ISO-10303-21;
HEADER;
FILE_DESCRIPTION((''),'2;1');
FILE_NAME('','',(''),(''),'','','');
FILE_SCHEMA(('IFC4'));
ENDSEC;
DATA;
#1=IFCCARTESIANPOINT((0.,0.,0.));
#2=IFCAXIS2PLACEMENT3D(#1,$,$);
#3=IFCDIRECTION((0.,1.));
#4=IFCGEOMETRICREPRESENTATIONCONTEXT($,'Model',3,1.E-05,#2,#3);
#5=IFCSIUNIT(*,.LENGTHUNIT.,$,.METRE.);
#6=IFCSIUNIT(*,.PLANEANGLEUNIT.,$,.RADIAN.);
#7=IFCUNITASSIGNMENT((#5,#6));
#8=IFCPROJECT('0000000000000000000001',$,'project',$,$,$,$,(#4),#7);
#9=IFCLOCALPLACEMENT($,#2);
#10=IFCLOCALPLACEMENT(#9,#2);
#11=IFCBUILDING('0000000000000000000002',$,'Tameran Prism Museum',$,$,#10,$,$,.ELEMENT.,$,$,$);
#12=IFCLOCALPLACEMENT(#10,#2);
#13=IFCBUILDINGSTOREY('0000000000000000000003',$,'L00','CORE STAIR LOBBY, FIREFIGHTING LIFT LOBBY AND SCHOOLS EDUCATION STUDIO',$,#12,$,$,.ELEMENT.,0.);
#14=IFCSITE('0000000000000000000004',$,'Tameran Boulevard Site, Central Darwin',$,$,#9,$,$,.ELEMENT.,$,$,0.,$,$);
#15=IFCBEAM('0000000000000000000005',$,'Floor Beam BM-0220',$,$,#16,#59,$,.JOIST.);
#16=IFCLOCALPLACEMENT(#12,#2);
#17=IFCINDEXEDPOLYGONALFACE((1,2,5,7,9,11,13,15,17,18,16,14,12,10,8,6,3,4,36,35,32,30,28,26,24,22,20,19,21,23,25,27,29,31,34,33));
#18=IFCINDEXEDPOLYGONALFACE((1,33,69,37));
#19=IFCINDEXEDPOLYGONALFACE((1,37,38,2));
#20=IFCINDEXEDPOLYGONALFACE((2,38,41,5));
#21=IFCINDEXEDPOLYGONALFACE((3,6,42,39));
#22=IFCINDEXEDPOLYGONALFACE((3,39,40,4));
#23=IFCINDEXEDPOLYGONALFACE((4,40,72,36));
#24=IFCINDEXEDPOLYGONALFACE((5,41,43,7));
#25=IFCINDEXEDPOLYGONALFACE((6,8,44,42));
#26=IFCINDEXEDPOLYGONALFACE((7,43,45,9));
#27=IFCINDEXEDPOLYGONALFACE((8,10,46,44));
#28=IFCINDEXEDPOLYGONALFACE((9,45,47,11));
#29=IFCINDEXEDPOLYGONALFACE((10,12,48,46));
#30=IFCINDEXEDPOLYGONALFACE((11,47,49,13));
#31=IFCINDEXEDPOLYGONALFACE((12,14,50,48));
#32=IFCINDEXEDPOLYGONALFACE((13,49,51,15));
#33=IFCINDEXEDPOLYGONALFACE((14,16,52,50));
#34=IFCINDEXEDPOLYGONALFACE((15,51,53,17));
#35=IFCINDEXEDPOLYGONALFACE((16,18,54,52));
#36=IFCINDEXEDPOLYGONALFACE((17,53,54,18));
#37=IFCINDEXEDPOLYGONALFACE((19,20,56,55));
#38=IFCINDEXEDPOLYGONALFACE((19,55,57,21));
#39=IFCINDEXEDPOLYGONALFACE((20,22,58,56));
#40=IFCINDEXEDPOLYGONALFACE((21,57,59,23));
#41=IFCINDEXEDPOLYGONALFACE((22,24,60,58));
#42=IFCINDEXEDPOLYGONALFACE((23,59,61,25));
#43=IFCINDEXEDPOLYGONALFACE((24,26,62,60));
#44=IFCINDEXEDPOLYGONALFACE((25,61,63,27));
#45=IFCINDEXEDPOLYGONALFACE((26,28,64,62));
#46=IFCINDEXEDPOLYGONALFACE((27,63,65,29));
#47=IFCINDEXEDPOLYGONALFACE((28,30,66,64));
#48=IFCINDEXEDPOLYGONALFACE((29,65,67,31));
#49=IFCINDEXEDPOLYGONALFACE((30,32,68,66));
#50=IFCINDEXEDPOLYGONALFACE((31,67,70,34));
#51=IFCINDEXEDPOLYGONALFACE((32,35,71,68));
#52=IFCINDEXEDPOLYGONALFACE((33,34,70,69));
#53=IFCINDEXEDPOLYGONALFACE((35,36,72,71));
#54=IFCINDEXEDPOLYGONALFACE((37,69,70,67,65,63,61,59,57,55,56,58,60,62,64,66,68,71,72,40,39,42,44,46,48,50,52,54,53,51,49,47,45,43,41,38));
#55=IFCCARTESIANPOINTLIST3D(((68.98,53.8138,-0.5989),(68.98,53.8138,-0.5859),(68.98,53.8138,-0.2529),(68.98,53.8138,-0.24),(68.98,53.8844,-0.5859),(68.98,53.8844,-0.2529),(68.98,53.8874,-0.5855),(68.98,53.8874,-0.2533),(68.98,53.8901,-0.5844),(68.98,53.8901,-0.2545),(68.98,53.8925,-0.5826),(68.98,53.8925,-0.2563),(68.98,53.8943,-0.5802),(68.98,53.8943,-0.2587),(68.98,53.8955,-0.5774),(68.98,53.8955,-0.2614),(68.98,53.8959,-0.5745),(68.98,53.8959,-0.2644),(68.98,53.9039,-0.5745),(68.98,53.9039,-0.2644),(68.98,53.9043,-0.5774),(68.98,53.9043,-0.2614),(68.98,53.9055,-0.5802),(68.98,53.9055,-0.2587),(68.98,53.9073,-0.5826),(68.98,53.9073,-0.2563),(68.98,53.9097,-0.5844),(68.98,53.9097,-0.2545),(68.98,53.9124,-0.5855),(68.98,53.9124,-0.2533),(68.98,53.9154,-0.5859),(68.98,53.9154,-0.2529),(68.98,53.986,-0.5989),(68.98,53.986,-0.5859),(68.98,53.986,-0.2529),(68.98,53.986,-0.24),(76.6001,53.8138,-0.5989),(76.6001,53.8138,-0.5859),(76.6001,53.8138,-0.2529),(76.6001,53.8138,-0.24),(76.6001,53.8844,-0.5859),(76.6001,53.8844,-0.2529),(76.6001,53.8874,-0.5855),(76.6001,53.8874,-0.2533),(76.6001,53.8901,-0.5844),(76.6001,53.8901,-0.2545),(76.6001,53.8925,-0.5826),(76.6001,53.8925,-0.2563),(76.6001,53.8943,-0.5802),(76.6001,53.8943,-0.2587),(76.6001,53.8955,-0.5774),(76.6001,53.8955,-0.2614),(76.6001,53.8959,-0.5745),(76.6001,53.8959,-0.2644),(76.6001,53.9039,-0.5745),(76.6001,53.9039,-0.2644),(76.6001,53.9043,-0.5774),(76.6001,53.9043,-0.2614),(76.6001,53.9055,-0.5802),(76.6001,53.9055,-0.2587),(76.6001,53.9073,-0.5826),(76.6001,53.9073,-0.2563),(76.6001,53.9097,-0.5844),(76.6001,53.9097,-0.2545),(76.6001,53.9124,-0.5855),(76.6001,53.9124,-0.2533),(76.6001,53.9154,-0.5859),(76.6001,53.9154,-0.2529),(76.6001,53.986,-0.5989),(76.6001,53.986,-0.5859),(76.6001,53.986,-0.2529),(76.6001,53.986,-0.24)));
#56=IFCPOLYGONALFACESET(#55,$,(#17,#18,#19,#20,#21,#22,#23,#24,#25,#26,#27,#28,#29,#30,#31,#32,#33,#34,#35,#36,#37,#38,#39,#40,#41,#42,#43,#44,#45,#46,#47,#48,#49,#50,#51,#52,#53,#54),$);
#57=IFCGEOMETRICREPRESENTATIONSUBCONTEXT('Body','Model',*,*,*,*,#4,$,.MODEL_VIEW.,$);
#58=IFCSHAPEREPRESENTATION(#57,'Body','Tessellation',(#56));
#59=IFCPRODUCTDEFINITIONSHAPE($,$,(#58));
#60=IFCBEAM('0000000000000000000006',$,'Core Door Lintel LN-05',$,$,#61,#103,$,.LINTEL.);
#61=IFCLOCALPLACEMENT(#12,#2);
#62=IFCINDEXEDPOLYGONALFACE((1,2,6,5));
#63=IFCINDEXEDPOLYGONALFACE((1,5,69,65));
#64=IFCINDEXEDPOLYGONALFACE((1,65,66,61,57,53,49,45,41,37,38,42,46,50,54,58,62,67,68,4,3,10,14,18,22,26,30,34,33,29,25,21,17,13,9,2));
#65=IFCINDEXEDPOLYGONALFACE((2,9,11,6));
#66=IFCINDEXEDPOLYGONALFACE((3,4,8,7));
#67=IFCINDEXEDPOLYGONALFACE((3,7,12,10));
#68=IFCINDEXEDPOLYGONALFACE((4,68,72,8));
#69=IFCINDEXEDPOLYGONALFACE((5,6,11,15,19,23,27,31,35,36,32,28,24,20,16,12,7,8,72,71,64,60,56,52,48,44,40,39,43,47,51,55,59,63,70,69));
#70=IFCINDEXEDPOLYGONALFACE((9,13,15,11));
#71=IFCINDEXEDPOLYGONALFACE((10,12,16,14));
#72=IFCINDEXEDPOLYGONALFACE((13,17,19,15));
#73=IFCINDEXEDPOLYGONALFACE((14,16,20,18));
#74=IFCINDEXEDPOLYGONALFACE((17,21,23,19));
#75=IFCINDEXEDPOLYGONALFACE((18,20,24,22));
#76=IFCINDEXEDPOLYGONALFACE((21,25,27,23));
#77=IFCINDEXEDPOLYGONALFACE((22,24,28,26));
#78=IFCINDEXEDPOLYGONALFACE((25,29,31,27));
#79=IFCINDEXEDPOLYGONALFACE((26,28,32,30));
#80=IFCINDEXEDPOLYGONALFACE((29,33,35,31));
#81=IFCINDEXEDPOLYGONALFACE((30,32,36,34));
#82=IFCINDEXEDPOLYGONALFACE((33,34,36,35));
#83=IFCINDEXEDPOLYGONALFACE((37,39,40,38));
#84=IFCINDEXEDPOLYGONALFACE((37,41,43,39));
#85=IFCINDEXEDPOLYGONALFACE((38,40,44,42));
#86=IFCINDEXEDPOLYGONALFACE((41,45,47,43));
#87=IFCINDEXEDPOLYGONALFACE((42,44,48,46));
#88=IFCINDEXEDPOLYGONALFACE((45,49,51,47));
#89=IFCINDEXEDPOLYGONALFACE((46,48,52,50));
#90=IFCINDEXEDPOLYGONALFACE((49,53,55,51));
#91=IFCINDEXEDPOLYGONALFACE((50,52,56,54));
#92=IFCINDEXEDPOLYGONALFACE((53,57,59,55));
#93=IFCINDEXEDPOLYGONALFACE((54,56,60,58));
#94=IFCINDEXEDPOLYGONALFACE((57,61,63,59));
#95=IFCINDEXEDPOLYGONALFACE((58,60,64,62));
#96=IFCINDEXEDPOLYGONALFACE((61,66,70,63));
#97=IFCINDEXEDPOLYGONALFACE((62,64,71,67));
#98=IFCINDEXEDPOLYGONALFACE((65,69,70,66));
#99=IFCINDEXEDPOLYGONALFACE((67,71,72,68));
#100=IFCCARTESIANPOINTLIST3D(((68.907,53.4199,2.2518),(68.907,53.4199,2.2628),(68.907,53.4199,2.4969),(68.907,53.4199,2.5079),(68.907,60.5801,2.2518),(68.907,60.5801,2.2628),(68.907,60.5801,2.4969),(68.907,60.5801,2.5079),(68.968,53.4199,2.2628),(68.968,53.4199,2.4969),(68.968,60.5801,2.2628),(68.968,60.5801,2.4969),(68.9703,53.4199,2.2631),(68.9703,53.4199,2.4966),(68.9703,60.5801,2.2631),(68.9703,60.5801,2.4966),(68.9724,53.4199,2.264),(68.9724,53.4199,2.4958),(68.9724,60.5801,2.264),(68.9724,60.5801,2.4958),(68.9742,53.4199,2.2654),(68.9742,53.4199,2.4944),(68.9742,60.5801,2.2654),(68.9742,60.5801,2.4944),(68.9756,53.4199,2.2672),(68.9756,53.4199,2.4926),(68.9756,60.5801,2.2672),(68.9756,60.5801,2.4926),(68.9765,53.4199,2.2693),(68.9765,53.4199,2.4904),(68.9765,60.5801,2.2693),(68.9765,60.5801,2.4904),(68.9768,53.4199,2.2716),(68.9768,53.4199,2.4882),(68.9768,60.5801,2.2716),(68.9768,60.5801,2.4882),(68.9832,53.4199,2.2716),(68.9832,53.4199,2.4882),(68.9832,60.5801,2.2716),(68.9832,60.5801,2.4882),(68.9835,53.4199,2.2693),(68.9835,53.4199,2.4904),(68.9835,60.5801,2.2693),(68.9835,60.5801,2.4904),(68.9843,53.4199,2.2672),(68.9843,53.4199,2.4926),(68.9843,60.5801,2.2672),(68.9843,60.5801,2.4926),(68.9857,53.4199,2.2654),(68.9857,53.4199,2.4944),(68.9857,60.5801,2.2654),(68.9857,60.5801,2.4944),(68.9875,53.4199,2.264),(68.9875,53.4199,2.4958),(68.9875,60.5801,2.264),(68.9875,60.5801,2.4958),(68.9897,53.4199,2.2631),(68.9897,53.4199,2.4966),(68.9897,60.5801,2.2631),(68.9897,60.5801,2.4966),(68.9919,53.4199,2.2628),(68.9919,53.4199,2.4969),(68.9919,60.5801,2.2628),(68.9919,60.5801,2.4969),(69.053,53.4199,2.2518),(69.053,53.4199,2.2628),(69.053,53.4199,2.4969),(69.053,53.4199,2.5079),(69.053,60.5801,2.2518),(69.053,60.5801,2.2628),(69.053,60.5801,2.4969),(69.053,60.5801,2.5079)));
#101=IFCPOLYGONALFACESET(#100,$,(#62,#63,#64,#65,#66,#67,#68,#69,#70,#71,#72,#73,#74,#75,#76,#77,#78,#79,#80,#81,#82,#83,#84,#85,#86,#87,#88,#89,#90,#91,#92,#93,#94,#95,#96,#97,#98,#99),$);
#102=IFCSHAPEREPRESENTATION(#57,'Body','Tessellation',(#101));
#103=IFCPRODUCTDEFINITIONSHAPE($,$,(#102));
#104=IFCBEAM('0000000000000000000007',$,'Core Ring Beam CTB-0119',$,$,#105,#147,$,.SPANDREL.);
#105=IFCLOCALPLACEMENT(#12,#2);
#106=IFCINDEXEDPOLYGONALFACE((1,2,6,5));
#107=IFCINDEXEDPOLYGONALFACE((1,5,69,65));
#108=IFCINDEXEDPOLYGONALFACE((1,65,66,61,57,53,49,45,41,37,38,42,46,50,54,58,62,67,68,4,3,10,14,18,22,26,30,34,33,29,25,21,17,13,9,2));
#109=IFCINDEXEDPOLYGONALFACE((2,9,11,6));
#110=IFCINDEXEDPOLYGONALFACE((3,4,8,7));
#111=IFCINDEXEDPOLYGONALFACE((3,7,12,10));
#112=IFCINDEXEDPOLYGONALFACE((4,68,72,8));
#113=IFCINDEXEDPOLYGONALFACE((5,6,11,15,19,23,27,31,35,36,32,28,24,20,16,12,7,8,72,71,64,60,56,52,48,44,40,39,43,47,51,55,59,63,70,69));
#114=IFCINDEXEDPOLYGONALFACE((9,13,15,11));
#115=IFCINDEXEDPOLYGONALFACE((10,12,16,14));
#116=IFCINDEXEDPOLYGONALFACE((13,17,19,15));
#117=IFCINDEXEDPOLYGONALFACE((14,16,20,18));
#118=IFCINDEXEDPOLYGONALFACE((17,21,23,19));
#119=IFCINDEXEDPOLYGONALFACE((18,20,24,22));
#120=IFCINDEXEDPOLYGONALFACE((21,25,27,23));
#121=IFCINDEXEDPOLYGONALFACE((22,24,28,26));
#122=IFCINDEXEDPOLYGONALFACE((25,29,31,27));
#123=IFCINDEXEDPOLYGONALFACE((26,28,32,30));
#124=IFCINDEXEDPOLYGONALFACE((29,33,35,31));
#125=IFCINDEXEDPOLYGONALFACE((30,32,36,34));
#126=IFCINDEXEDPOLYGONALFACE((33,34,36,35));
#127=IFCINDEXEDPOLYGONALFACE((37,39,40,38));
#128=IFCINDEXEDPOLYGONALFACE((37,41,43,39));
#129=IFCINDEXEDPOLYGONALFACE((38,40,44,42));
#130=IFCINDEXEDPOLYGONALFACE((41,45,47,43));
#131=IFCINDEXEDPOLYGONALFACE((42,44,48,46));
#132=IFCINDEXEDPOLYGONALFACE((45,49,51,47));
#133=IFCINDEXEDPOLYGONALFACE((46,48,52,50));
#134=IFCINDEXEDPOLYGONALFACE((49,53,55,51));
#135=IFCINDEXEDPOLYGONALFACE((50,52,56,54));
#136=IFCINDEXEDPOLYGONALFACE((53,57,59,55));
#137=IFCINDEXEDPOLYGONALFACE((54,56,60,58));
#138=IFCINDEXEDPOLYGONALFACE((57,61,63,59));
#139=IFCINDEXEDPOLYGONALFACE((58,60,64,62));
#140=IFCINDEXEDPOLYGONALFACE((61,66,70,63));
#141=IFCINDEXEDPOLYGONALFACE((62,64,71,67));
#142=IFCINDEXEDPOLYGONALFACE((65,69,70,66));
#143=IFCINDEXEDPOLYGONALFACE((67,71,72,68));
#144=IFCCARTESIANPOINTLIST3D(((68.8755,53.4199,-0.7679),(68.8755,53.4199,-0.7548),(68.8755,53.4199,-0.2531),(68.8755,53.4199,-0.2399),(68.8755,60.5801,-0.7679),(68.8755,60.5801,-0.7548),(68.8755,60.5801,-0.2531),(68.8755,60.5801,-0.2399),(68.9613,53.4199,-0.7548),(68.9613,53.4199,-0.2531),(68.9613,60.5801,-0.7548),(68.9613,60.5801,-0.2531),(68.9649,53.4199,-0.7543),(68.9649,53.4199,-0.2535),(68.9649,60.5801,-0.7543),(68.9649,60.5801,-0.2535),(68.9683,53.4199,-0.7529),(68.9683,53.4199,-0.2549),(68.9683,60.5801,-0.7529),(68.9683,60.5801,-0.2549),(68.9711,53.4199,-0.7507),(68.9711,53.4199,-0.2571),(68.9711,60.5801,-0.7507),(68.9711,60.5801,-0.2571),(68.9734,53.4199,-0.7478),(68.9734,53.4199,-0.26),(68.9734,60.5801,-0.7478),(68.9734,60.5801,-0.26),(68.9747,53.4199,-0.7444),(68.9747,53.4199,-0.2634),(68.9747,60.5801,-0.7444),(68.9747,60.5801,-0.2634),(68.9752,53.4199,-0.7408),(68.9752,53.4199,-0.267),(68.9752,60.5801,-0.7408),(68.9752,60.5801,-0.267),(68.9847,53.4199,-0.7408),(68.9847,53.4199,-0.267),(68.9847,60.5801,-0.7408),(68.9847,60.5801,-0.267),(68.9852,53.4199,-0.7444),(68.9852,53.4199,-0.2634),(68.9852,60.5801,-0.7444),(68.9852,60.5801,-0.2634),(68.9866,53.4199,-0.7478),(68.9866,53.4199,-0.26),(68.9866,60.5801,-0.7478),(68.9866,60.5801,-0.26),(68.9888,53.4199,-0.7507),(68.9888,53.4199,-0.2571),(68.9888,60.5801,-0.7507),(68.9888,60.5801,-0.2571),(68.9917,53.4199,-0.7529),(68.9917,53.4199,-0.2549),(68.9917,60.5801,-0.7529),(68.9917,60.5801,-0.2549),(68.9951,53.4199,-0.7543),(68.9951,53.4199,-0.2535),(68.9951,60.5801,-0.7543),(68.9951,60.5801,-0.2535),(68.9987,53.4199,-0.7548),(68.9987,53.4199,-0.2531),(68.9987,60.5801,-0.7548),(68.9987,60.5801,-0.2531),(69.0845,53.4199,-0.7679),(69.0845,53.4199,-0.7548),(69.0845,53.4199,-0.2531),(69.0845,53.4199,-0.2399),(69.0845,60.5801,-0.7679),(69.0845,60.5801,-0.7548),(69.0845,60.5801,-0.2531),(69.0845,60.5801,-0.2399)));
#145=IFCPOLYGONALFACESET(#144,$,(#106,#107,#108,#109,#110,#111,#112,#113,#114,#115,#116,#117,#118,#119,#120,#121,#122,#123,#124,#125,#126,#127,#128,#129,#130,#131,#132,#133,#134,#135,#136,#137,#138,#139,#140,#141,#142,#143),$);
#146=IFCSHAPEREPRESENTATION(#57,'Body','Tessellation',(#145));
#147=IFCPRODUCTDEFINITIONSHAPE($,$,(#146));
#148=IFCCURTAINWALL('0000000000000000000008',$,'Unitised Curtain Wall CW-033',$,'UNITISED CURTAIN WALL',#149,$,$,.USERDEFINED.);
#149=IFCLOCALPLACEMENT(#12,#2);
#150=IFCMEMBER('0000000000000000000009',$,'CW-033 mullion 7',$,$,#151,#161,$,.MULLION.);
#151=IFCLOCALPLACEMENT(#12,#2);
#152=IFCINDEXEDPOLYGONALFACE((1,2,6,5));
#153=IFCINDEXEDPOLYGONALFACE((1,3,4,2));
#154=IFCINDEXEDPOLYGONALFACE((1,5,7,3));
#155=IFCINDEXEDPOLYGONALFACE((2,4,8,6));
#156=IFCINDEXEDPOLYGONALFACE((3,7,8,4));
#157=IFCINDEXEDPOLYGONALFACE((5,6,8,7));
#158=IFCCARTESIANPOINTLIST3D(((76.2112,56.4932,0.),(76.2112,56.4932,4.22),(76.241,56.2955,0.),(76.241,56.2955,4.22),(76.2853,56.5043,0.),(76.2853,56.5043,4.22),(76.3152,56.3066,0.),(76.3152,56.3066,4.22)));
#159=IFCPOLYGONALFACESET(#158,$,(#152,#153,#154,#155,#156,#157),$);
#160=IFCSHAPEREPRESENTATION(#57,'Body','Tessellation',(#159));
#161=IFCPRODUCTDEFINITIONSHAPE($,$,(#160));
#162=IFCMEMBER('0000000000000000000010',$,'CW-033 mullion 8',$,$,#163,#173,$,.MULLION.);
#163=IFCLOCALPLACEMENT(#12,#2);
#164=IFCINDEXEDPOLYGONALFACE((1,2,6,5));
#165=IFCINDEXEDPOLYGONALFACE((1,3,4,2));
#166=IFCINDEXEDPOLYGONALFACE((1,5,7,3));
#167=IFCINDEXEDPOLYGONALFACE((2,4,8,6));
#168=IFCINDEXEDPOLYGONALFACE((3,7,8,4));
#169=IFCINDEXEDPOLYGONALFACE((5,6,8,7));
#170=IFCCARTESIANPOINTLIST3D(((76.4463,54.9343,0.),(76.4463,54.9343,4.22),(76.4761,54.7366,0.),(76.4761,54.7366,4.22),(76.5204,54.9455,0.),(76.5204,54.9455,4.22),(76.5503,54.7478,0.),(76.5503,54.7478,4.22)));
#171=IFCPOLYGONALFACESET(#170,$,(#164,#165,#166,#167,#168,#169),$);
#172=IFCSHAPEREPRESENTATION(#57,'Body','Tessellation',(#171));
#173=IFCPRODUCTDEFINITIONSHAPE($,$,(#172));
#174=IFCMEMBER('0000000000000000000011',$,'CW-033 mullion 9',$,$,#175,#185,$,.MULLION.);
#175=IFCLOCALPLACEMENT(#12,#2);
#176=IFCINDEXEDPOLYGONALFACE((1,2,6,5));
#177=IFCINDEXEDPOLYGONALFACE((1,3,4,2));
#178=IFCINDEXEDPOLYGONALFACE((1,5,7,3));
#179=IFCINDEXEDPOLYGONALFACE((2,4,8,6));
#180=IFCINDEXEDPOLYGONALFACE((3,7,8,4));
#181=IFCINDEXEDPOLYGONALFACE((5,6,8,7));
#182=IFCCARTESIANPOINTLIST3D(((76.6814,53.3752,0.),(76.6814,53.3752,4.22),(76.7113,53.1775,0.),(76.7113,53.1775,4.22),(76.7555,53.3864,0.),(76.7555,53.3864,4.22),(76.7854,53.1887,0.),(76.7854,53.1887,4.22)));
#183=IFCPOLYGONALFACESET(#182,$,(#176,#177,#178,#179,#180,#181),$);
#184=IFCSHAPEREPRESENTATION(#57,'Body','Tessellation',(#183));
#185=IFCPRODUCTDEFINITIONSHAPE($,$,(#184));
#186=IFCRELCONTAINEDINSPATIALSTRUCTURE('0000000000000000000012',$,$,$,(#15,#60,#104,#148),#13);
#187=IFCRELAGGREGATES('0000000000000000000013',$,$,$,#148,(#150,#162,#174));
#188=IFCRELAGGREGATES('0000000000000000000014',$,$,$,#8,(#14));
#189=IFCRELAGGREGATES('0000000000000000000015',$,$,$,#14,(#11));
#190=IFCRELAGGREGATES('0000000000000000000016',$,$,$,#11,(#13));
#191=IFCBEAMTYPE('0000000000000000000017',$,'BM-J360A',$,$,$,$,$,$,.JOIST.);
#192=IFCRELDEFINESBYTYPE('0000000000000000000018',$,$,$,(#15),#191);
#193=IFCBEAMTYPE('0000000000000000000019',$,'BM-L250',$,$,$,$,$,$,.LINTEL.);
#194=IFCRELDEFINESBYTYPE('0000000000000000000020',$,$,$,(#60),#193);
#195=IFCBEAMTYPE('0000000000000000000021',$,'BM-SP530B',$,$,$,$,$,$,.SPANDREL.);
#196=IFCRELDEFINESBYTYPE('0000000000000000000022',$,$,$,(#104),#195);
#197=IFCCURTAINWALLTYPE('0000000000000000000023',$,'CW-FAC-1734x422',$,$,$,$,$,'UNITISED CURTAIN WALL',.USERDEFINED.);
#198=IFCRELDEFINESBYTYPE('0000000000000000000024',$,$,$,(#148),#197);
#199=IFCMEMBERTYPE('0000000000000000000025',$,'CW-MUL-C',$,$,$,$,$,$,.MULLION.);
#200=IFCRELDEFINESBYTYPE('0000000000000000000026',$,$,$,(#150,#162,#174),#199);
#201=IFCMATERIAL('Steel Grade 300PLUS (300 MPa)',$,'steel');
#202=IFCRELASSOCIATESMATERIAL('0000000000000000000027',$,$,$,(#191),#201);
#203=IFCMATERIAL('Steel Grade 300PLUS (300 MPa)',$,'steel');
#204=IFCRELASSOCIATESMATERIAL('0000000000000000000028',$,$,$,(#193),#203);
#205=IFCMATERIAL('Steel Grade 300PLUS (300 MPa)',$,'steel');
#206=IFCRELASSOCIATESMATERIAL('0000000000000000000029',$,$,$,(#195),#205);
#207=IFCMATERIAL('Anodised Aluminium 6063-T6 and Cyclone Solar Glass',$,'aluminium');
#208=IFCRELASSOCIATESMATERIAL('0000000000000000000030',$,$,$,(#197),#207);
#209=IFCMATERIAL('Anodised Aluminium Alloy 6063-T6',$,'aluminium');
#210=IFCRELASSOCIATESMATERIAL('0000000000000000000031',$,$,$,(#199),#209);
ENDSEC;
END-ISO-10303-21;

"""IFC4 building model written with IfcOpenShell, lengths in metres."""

from ifc_helpers import new_model, si_unit, direction, frame, origin, origin_2d, place, context, subcontext, project, spatial, rectangle, i_section, extrude, material, material_profile, profile_set, type_object, element, aggregate, save


model = new_model("IFC4")

# Units and contexts
model_context = context("Model", 3, precision=1e-05, world=origin(), true_north=direction((0.0, 1.0)))
body_context = subcontext(model_context, "Body", "Model", "MODEL_VIEW")
ifc_project = project(units=[si_unit("LENGTHUNIT", "METRE"), si_unit("PLANEANGLEUNIT", "RADIAN")], contexts=[model_context])

# Site, building, storey
site_placement = place(None, origin())
site = spatial("IfcSite", under=ifc_project, at=site_placement, Name="Tameran Boulevard Site, Central Darwin", CompositionType="ELEMENT", RefElevation=0.0)
building_placement = place(site_placement, origin())
building = spatial("IfcBuilding", under=site, at=building_placement, Name="Tameran Prism Museum", CompositionType="ELEMENT")
storey_placement = place(building_placement, origin())
storey = spatial("IfcBuildingStorey", under=building, at=storey_placement, Name="L00", Description="CORE STAIR LOBBY, FIREFIGHTING LIFT LOBBY AND SCHOOLS EDUCATION STUDIO", CompositionType="ELEMENT", Elevation=0.0)

# Beams
ifc_material_1 = material(Name="Steel Grade 300PLUS (300 MPa)", Category="steel")
ifc_material_profile_1 = material_profile(ifc_material_1, i_section(OverallWidth=0.1721, OverallDepth=0.3589, WebThickness=0.0081, FlangeThickness=0.0129, FilletRadius=0.0115, at=origin_2d()))
ifc_profile_set_1 = profile_set([ifc_material_profile_1])
beam_type_1 = type_object("IfcBeamType", Name="BM-J360A", PredefinedType="JOIST", material=ifc_profile_set_1)
beam_1_placement = place(storey_placement, frame((68.98, 53.8999, -0.4194), z_axis=(1.0, 0.0, 0.0), x_axis=(0.0, 1.0, 0.0)))
element("IfcBeam", 1, at=beam_1_placement, inside=storey, type_object=beam_type_1, Name="Floor Beam BM-0220", PredefinedType="JOIST", context=body_context, shape_type="SweptSolid", body=[
    extrude(i_section(OverallWidth=0.1721, OverallDepth=0.3589, WebThickness=0.0081, FlangeThickness=0.0129, FilletRadius=0.0115, at=origin_2d()), origin(), (0.0, 0.0, 1.0), 7.6201),
])
ifc_material_2 = material(Name="Steel Grade 300PLUS (300 MPa)", Category="steel")
ifc_material_profile_2 = material_profile(ifc_material_2, i_section(OverallWidth=0.146, OverallDepth=0.2561, WebThickness=0.0063, FlangeThickness=0.011, FilletRadius=0.0088, at=origin_2d()))
ifc_profile_set_2 = profile_set([ifc_material_profile_2])
beam_type_2 = type_object("IfcBeamType", Name="BM-L250", PredefinedType="LINTEL", material=ifc_profile_set_2)
beam_2_placement = place(storey_placement, frame((68.98, 53.4199, 2.3799), z_axis=(0.0, 1.0, 0.0), x_axis=(-1.0, 0.0, 0.0)))
element("IfcBeam", 2, at=beam_2_placement, inside=storey, type_object=beam_type_2, Name="Core Door Lintel LN-05", PredefinedType="LINTEL", context=body_context, shape_type="SweptSolid", body=[
    extrude(i_section(OverallWidth=0.146, OverallDepth=0.2561, WebThickness=0.0063, FlangeThickness=0.011, FilletRadius=0.0088, at=origin_2d()), origin(), (0.0, 0.0, 1.0), 7.1602),
])
ifc_material_3 = material(Name="Steel Grade 300PLUS (300 MPa)", Category="steel")
ifc_material_profile_3 = material_profile(ifc_material_3, i_section(OverallWidth=0.209, OverallDepth=0.5281, WebThickness=0.0095, FlangeThickness=0.0132, FilletRadius=0.0139, at=origin_2d()))
ifc_profile_set_3 = profile_set([ifc_material_profile_3])
beam_type_3 = type_object("IfcBeamType", Name="BM-SP530B", PredefinedType="SPANDREL", material=ifc_profile_set_3)
beam_3_placement = place(storey_placement, frame((68.98, 53.4199, -0.5039), z_axis=(0.0, 1.0, 0.0), x_axis=(-1.0, 0.0, 0.0)))
element("IfcBeam", 3, at=beam_3_placement, inside=storey, type_object=beam_type_3, Name="Core Ring Beam CTB-0119", PredefinedType="SPANDREL", context=body_context, shape_type="SweptSolid", body=[
    extrude(i_section(OverallWidth=0.209, OverallDepth=0.5281, WebThickness=0.0095, FlangeThickness=0.0132, FilletRadius=0.0139, at=origin_2d()), origin(), (0.0, 0.0, 1.0), 7.1602),
])

# Curtain wall, members
ifc_material_4 = material(Name="Anodised Aluminium 6063-T6 and Cyclone Solar Glass", Category="aluminium")
curtain_wall_type = type_object("IfcCurtainWallType", Name="CW-FAC-1734x422", ElementType="UNITISED CURTAIN WALL", PredefinedType="USERDEFINED", material=ifc_material_4)
curtain_wall_placement = place(storey_placement, origin())
curtain_wall = element("IfcCurtainWall", 4, at=curtain_wall_placement, inside=storey, type_object=curtain_wall_type, Name="Unitised Curtain Wall CW-033", ObjectType="UNITISED CURTAIN WALL", PredefinedType="USERDEFINED")
ifc_material_5 = material(Name="Anodised Aluminium Alloy 6063-T6", Category="aluminium")
ifc_material_profile_4 = material_profile(ifc_material_5, rectangle(XDim=0.075, YDim=0.2, at=origin_2d()))
ifc_profile_set_4 = profile_set([ifc_material_profile_4])
member_type_1 = type_object("IfcMemberType", Name="CW-MUL-C", PredefinedType="MULLION", material=ifc_profile_set_4)
member_1_placement = place(storey_placement, frame((76.2632, 56.3999, 0.0), z_axis=(0.0, 0.0, 1.0), x_axis=(0.988812, 0.149167, 0.0)))
member_1 = element("IfcMember", 5, at=member_1_placement, type_object=member_type_1, Name="CW-033 mullion 7", PredefinedType="MULLION", context=body_context, shape_type="SweptSolid", body=[
    extrude(rectangle(XDim=0.075, YDim=0.2, at=origin_2d()), origin(), (0.0, 0.0, 1.0), 4.22),
])
member_2_placement = place(storey_placement, frame((76.4983, 54.8411, 0.0), z_axis=(0.0, 0.0, 1.0), x_axis=(0.988812, 0.149167, 0.0)))
member_2 = element("IfcMember", 6, at=member_2_placement, type_object=member_type_1, Name="CW-033 mullion 8", PredefinedType="MULLION", context=body_context, shape_type="SweptSolid", body=[
    extrude(rectangle(XDim=0.075, YDim=0.2, at=origin_2d()), origin(), (0.0, 0.0, 1.0), 4.22),
])
member_3_placement = place(storey_placement, frame((76.7334, 53.282, 0.0), z_axis=(0.0, 0.0, 1.0), x_axis=(0.988812, 0.149167, 0.0)))
member_3 = element("IfcMember", 7, at=member_3_placement, type_object=member_type_1, Name="CW-033 mullion 9", PredefinedType="MULLION", context=body_context, shape_type="SweptSolid", body=[
    extrude(rectangle(XDim=0.075, YDim=0.2, at=origin_2d()), origin(), (0.0, 0.0, 1.0), 4.22),
])
aggregate(curtain_wall, [member_1, member_2, member_3])

save(model, "model.ifc")
